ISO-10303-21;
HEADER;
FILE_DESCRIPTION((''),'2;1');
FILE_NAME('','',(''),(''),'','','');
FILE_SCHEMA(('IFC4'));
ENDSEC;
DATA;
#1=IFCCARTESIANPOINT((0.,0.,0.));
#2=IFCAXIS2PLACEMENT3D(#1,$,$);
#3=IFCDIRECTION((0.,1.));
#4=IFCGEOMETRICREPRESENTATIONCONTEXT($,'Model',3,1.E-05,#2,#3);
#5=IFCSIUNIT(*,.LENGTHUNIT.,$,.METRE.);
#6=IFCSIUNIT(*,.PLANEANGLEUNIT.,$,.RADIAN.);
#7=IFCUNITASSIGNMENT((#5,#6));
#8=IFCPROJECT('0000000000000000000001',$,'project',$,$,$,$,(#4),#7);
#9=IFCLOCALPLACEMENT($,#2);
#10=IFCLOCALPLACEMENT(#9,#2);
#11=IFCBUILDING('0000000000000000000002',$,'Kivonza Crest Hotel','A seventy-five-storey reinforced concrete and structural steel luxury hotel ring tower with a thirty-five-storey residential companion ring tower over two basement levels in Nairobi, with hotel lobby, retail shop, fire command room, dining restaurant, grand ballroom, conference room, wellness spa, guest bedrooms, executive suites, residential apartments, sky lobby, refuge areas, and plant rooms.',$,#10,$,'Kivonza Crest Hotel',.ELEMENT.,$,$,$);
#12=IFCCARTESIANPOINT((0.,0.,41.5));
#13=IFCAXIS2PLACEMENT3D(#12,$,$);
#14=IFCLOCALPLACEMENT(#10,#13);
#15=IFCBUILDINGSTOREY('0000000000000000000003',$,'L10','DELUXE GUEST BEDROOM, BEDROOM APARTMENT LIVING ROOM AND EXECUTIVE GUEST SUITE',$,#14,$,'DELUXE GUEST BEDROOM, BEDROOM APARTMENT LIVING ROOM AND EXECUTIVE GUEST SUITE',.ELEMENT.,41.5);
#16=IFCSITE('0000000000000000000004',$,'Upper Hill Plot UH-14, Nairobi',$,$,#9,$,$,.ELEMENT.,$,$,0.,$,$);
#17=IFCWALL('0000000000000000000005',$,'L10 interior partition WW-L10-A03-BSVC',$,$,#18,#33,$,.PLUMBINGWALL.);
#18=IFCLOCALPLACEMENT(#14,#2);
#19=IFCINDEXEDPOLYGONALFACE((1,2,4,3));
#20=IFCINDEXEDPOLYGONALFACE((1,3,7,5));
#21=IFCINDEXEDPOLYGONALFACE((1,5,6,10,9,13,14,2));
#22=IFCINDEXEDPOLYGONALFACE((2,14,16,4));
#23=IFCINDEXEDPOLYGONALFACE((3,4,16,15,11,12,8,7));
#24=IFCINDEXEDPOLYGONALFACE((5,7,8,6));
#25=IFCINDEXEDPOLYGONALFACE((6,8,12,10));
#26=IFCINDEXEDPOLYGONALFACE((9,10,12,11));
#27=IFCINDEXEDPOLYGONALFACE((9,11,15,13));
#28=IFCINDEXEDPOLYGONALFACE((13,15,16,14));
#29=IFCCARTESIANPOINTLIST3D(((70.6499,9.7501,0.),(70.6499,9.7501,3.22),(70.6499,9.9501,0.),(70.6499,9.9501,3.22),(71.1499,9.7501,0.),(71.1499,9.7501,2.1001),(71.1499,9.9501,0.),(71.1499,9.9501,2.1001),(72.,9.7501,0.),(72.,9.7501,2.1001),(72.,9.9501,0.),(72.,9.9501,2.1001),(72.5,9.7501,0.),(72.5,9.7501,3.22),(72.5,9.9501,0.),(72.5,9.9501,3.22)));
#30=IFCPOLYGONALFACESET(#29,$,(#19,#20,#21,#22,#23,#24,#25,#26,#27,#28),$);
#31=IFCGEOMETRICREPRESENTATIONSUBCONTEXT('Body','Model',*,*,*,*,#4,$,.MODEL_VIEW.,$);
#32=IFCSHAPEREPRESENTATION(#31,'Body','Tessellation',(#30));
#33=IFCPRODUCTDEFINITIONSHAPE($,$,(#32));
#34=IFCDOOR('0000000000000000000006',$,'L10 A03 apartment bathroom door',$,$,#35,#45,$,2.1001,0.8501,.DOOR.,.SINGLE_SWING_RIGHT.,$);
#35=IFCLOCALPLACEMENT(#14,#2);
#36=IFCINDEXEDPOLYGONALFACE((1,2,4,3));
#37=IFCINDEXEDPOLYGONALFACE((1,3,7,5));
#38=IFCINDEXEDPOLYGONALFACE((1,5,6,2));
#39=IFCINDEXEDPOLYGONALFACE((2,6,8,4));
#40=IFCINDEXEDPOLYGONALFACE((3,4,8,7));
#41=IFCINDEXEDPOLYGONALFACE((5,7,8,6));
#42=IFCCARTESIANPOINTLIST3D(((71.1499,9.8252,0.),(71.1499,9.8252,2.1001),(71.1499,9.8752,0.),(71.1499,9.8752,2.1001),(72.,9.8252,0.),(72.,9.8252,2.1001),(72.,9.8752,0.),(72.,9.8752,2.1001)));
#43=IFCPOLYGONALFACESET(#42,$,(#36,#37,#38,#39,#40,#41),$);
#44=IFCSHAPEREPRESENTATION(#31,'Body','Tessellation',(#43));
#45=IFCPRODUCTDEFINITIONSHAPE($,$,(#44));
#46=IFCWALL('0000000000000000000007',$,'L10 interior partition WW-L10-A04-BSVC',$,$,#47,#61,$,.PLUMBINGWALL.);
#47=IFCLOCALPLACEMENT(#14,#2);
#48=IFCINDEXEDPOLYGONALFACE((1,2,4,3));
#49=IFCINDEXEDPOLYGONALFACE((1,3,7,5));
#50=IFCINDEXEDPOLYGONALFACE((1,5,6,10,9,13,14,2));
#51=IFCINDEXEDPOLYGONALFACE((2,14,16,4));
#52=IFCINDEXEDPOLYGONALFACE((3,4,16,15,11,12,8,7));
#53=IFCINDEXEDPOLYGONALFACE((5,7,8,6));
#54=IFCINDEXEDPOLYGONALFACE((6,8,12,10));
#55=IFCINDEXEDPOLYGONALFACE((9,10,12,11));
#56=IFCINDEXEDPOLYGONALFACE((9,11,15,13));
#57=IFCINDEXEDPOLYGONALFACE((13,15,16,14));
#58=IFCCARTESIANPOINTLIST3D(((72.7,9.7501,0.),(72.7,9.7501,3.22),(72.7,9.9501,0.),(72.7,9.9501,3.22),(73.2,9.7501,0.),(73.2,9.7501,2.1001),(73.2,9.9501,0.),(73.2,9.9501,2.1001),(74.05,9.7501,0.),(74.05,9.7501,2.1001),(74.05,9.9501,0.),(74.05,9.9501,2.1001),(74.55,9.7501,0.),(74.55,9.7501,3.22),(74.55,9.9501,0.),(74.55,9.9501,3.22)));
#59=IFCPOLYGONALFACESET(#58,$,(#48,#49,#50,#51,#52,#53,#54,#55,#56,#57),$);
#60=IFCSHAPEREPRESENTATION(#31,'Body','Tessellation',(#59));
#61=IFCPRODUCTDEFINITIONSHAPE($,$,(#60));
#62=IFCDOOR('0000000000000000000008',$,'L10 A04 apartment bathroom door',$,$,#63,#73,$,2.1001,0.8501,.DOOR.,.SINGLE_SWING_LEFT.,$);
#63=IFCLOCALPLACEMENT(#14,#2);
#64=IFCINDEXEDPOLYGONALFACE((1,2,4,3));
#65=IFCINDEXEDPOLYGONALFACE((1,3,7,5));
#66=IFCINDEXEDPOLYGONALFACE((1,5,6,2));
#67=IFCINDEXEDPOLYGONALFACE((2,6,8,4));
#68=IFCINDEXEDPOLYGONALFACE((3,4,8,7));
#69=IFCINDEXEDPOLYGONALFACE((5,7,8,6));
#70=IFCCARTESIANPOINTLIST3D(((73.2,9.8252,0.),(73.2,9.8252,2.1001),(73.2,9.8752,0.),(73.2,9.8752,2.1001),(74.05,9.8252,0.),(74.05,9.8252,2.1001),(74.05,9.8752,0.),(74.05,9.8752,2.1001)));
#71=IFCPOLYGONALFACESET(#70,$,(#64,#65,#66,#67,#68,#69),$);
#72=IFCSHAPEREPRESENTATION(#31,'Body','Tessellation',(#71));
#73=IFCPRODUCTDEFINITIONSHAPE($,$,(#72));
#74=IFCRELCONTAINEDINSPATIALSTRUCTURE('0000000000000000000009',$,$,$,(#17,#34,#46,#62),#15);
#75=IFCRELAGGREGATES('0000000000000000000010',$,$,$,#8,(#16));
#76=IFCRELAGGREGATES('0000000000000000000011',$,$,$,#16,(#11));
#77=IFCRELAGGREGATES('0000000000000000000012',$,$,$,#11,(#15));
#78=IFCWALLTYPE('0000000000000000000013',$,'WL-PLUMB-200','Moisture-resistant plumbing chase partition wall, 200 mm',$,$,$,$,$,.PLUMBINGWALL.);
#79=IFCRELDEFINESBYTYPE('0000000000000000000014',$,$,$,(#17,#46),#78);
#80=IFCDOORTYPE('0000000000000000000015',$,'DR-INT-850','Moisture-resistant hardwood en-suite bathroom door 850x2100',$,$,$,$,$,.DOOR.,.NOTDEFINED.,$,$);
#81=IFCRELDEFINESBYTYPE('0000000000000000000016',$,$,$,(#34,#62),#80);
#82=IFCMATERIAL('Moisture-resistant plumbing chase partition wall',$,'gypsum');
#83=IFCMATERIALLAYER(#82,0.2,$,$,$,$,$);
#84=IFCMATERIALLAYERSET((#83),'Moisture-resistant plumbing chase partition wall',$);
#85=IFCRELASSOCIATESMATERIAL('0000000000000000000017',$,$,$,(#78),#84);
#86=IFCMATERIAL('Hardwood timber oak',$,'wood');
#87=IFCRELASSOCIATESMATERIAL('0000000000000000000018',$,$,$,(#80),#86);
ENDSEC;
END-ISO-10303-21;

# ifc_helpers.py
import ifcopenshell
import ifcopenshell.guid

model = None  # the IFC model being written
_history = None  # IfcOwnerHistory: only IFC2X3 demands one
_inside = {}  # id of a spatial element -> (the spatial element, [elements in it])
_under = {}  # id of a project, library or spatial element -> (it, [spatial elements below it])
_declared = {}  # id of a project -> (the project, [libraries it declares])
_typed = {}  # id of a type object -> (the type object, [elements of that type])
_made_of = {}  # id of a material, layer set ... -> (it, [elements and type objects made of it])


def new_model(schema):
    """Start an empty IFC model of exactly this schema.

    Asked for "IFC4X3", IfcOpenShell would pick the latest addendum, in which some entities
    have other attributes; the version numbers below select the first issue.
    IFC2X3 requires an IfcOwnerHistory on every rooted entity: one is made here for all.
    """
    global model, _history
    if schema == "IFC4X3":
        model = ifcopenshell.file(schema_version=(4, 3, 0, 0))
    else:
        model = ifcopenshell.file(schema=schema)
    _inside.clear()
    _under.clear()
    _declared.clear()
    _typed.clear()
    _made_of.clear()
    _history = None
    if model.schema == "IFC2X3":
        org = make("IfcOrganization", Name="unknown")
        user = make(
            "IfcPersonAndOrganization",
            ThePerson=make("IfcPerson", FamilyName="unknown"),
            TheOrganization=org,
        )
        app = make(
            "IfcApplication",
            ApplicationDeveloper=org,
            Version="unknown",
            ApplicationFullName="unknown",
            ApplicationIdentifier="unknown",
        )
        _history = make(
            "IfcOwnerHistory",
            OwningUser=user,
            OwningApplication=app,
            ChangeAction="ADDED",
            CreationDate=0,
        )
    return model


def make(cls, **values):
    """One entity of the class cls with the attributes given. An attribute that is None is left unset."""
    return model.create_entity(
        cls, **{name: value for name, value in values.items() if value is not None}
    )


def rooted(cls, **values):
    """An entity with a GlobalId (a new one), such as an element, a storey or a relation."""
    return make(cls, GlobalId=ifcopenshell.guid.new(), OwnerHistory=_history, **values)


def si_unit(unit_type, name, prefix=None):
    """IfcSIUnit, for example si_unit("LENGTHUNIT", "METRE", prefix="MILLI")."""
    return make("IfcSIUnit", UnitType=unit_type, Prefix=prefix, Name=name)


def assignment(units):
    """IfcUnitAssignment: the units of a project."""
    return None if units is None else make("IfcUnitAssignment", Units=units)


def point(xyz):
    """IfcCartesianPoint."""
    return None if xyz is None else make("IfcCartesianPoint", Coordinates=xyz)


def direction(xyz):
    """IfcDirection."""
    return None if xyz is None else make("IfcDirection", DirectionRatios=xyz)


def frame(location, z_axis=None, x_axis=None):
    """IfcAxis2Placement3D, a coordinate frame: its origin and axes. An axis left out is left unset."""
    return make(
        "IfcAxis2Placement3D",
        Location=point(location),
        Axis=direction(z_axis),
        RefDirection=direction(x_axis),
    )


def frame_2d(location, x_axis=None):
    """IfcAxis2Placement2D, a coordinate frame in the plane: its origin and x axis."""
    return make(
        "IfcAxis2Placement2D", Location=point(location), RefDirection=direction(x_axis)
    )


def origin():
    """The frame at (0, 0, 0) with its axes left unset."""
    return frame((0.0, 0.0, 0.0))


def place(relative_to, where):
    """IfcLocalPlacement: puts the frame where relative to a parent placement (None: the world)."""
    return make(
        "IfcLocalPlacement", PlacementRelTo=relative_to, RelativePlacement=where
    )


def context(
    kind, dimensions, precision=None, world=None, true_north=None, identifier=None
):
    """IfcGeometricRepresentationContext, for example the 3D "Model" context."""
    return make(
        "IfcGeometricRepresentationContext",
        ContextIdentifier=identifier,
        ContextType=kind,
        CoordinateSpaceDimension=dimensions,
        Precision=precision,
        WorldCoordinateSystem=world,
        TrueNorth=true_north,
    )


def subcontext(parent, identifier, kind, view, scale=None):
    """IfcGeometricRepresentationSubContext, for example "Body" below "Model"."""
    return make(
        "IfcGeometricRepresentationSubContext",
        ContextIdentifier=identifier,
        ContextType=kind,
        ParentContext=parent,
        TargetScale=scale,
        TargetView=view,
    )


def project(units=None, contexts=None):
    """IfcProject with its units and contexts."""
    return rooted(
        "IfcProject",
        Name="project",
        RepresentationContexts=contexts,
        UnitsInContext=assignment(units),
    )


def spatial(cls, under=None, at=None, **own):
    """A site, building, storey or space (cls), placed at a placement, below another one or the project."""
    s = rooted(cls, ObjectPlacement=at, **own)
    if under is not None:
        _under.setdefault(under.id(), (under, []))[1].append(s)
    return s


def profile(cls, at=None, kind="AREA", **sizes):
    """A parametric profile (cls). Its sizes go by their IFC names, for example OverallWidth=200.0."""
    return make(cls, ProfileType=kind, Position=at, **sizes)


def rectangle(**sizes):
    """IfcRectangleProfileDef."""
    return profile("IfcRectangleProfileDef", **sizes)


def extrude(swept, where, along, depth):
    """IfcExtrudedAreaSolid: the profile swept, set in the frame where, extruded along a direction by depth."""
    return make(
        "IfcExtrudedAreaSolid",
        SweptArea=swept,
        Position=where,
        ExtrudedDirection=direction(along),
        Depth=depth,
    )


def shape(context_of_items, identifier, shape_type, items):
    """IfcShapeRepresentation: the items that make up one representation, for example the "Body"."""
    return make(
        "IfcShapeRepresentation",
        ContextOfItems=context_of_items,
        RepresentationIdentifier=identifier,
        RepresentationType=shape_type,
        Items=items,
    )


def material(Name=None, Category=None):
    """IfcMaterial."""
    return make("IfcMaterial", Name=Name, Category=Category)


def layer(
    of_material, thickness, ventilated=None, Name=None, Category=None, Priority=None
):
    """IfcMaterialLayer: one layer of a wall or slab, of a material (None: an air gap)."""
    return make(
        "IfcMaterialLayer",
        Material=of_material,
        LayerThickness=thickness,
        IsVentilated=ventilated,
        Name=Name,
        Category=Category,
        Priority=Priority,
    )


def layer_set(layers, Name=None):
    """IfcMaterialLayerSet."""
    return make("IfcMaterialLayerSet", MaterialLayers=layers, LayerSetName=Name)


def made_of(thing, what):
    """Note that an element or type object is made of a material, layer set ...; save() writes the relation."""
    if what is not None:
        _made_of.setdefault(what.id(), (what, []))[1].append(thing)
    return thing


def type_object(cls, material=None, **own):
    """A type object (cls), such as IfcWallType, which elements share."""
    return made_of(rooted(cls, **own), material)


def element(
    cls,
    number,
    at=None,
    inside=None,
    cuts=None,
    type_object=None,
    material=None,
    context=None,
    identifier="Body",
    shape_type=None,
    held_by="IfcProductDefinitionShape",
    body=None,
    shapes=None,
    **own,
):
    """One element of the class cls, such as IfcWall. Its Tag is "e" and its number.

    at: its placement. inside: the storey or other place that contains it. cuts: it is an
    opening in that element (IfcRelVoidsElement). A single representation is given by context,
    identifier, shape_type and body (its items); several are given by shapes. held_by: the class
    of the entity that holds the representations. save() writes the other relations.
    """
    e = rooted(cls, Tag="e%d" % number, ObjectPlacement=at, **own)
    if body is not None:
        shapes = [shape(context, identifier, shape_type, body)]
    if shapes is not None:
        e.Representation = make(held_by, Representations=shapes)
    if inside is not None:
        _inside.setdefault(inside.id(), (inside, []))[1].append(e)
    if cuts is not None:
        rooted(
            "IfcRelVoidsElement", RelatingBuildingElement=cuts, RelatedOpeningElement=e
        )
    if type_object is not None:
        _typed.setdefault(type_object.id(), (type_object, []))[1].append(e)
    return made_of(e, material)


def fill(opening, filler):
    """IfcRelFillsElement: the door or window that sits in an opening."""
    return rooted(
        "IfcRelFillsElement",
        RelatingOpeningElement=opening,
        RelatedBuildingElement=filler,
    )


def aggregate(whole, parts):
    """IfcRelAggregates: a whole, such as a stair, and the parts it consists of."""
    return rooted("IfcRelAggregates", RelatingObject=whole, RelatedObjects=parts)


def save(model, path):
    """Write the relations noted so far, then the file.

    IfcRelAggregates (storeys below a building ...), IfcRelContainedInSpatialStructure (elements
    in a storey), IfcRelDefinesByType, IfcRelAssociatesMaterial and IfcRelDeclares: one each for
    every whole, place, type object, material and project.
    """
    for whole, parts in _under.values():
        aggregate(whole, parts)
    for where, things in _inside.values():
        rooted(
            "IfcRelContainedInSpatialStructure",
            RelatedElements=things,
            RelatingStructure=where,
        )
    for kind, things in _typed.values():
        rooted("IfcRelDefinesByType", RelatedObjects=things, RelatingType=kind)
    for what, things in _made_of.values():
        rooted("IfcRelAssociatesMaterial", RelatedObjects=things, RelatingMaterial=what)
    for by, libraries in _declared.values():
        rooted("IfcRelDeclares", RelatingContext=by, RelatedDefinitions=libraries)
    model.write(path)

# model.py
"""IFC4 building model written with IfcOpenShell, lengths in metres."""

from ifc_helpers import new_model, si_unit, direction, frame, frame_2d, origin, place, context, subcontext, project, spatial, rectangle, extrude, material, layer, layer_set, type_object, element, fill, save


model = new_model("IFC4")

# Units and contexts
model_context = context("Model", 3, precision=1e-05, world=origin(), true_north=direction((0.0, 1.0)))
body_context = subcontext(model_context, "Body", "Model", "MODEL_VIEW")
ifc_project = project(units=[si_unit("LENGTHUNIT", "METRE"), si_unit("PLANEANGLEUNIT", "RADIAN")], contexts=[model_context])

# Site, building, storey
site_placement = place(None, origin())
site = spatial("IfcSite", under=ifc_project, at=site_placement, Name="Upper Hill Plot UH-14, Nairobi", CompositionType="ELEMENT", RefElevation=0.0)
building_placement = place(site_placement, origin())
building = spatial("IfcBuilding", under=site, at=building_placement, Name="Kivonza Crest Hotel", Description="A seventy-five-storey reinforced concrete and structural steel luxury hotel ring tower with a thirty-five-storey residential companion ring tower over two basement levels in Nairobi, with hotel lobby, retail shop, fire command room, dining restaurant, grand ballroom, conference room, wellness spa, guest bedrooms, executive suites, residential apartments, sky lobby, refuge areas, and plant rooms.", LongName="Kivonza Crest Hotel", CompositionType="ELEMENT")
storey_placement = place(building_placement, frame((0.0, 0.0, 41.5)))
storey = spatial("IfcBuildingStorey", under=building, at=storey_placement, Name="L10", Description="DELUXE GUEST BEDROOM, BEDROOM APARTMENT LIVING ROOM AND EXECUTIVE GUEST SUITE", LongName="DELUXE GUEST BEDROOM, BEDROOM APARTMENT LIVING ROOM AND EXECUTIVE GUEST SUITE", CompositionType="ELEMENT", Elevation=41.5)

# Shared definitions
ifc_material_1 = material(Name="Hardwood timber oak", Category="wood")

# Shared definitions
ifc_material_2 = material(Name="Moisture-resistant plumbing chase partition wall", Category="gypsum")
ifc_layer_1 = layer(ifc_material_2, 0.2)
ifc_layer_set_1 = layer_set([ifc_layer_1], Name="Moisture-resistant plumbing chase partition wall")
wall_type_1 = type_object("IfcWallType", Name="WL-PLUMB-200", Description="Moisture-resistant plumbing chase partition wall, 200 mm", PredefinedType="PLUMBINGWALL", material=ifc_layer_set_1)

# Walls, openings, doors
wall_1_placement = place(storey_placement, frame((70.6499, 9.8501, 0.0), z_axis=(0.0, 0.0, 1.0), x_axis=(1.0, 0.0, 0.0)))
wall_1 = element("IfcWall", 1, at=wall_1_placement, inside=storey, type_object=wall_type_1, Name="L10 interior partition WW-L10-A03-BSVC", PredefinedType="PLUMBINGWALL", context=body_context, shape_type="SweptSolid", body=[
    extrude(rectangle(XDim=1.8501, YDim=0.2, at=frame_2d((0.925, 0.0))), origin(), (0.0, 0.0, 1.0), 3.22),
])
opening_1_placement = place(wall_1_placement, frame((0.5, 0.0, 0.0)))
opening_1 = element("IfcOpeningElement", 2, at=opening_1_placement, cuts=wall_1, PredefinedType="OPENING", context=body_context, shape_type="SweptSolid", body=[
    extrude(rectangle(XDim=0.8501, YDim=2.1001, at=frame_2d((0.425, 1.05))), frame((0.0, 0.1099, 0.0), z_axis=(0.0, -1.0, 0.0), x_axis=(1.0, 0.0, 0.0)), (0.0, 0.0, 1.0), 0.22),
])
door_type_1 = type_object("IfcDoorType", Name="DR-INT-850", Description="Moisture-resistant hardwood en-suite bathroom door 850x2100", OperationType="NOTDEFINED", PredefinedType="DOOR", material=ifc_material_1)
door_1_placement = place(opening_1_placement, frame((0.8501, 0.0, 0.0), z_axis=(0.0, 0.0, 1.0), x_axis=(-1.0, 0.0, 0.0)))
door_1 = element("IfcDoor", 3, at=door_1_placement, inside=storey, type_object=door_type_1, Name="L10 A03 apartment bathroom door", OperationType="SINGLE_SWING_RIGHT", OverallHeight=2.1001, OverallWidth=0.8501, PredefinedType="DOOR", context=body_context, shape_type="SweptSolid", body=[
    extrude(rectangle(XDim=0.8501, YDim=2.1001, at=frame_2d((0.425, 1.05))), frame((0.0, 0.0249, 0.0), z_axis=(0.0, -1.0, 0.0), x_axis=(1.0, 0.0, 0.0)), (0.0, 0.0, 1.0), 0.05),
])
fill(opening_1, door_1)
wall_2_placement = place(storey_placement, frame((72.7, 9.8501, 0.0), z_axis=(0.0, 0.0, 1.0), x_axis=(1.0, 0.0, 0.0)))
wall_2 = element("IfcWall", 4, at=wall_2_placement, inside=storey, type_object=wall_type_1, Name="L10 interior partition WW-L10-A04-BSVC", PredefinedType="PLUMBINGWALL", context=body_context, shape_type="SweptSolid", body=[
    extrude(rectangle(XDim=1.8501, YDim=0.2, at=frame_2d((0.925, 0.0))), origin(), (0.0, 0.0, 1.0), 3.22),
])
opening_2_placement = place(wall_2_placement, frame((0.5, 0.0, 0.0)))
opening_2 = element("IfcOpeningElement", 5, at=opening_2_placement, cuts=wall_2, PredefinedType="OPENING", context=body_context, shape_type="SweptSolid", body=[
    extrude(rectangle(XDim=0.8501, YDim=2.1001, at=frame_2d((0.425, 1.05))), frame((0.0, 0.1099, 0.0), z_axis=(0.0, -1.0, 0.0), x_axis=(1.0, 0.0, 0.0)), (0.0, 0.0, 1.0), 0.22),
])
door_2_placement = place(opening_2_placement, frame((0.8501, 0.0, 0.0), z_axis=(0.0, 0.0, 1.0), x_axis=(-1.0, 0.0, 0.0)))
door_2 = element("IfcDoor", 6, at=door_2_placement, inside=storey, type_object=door_type_1, Name="L10 A04 apartment bathroom door", OperationType="SINGLE_SWING_LEFT", OverallHeight=2.1001, OverallWidth=0.8501, PredefinedType="DOOR", context=body_context, shape_type="SweptSolid", body=[
    extrude(rectangle(XDim=0.8501, YDim=2.1001, at=frame_2d((0.425, 1.05))), frame((0.0, 0.0249, 0.0), z_axis=(0.0, -1.0, 0.0), x_axis=(1.0, 0.0, 0.0)), (0.0, 0.0, 1.0), 0.05),
])
fill(opening_2, door_2)

save(model, "model.ifc")
